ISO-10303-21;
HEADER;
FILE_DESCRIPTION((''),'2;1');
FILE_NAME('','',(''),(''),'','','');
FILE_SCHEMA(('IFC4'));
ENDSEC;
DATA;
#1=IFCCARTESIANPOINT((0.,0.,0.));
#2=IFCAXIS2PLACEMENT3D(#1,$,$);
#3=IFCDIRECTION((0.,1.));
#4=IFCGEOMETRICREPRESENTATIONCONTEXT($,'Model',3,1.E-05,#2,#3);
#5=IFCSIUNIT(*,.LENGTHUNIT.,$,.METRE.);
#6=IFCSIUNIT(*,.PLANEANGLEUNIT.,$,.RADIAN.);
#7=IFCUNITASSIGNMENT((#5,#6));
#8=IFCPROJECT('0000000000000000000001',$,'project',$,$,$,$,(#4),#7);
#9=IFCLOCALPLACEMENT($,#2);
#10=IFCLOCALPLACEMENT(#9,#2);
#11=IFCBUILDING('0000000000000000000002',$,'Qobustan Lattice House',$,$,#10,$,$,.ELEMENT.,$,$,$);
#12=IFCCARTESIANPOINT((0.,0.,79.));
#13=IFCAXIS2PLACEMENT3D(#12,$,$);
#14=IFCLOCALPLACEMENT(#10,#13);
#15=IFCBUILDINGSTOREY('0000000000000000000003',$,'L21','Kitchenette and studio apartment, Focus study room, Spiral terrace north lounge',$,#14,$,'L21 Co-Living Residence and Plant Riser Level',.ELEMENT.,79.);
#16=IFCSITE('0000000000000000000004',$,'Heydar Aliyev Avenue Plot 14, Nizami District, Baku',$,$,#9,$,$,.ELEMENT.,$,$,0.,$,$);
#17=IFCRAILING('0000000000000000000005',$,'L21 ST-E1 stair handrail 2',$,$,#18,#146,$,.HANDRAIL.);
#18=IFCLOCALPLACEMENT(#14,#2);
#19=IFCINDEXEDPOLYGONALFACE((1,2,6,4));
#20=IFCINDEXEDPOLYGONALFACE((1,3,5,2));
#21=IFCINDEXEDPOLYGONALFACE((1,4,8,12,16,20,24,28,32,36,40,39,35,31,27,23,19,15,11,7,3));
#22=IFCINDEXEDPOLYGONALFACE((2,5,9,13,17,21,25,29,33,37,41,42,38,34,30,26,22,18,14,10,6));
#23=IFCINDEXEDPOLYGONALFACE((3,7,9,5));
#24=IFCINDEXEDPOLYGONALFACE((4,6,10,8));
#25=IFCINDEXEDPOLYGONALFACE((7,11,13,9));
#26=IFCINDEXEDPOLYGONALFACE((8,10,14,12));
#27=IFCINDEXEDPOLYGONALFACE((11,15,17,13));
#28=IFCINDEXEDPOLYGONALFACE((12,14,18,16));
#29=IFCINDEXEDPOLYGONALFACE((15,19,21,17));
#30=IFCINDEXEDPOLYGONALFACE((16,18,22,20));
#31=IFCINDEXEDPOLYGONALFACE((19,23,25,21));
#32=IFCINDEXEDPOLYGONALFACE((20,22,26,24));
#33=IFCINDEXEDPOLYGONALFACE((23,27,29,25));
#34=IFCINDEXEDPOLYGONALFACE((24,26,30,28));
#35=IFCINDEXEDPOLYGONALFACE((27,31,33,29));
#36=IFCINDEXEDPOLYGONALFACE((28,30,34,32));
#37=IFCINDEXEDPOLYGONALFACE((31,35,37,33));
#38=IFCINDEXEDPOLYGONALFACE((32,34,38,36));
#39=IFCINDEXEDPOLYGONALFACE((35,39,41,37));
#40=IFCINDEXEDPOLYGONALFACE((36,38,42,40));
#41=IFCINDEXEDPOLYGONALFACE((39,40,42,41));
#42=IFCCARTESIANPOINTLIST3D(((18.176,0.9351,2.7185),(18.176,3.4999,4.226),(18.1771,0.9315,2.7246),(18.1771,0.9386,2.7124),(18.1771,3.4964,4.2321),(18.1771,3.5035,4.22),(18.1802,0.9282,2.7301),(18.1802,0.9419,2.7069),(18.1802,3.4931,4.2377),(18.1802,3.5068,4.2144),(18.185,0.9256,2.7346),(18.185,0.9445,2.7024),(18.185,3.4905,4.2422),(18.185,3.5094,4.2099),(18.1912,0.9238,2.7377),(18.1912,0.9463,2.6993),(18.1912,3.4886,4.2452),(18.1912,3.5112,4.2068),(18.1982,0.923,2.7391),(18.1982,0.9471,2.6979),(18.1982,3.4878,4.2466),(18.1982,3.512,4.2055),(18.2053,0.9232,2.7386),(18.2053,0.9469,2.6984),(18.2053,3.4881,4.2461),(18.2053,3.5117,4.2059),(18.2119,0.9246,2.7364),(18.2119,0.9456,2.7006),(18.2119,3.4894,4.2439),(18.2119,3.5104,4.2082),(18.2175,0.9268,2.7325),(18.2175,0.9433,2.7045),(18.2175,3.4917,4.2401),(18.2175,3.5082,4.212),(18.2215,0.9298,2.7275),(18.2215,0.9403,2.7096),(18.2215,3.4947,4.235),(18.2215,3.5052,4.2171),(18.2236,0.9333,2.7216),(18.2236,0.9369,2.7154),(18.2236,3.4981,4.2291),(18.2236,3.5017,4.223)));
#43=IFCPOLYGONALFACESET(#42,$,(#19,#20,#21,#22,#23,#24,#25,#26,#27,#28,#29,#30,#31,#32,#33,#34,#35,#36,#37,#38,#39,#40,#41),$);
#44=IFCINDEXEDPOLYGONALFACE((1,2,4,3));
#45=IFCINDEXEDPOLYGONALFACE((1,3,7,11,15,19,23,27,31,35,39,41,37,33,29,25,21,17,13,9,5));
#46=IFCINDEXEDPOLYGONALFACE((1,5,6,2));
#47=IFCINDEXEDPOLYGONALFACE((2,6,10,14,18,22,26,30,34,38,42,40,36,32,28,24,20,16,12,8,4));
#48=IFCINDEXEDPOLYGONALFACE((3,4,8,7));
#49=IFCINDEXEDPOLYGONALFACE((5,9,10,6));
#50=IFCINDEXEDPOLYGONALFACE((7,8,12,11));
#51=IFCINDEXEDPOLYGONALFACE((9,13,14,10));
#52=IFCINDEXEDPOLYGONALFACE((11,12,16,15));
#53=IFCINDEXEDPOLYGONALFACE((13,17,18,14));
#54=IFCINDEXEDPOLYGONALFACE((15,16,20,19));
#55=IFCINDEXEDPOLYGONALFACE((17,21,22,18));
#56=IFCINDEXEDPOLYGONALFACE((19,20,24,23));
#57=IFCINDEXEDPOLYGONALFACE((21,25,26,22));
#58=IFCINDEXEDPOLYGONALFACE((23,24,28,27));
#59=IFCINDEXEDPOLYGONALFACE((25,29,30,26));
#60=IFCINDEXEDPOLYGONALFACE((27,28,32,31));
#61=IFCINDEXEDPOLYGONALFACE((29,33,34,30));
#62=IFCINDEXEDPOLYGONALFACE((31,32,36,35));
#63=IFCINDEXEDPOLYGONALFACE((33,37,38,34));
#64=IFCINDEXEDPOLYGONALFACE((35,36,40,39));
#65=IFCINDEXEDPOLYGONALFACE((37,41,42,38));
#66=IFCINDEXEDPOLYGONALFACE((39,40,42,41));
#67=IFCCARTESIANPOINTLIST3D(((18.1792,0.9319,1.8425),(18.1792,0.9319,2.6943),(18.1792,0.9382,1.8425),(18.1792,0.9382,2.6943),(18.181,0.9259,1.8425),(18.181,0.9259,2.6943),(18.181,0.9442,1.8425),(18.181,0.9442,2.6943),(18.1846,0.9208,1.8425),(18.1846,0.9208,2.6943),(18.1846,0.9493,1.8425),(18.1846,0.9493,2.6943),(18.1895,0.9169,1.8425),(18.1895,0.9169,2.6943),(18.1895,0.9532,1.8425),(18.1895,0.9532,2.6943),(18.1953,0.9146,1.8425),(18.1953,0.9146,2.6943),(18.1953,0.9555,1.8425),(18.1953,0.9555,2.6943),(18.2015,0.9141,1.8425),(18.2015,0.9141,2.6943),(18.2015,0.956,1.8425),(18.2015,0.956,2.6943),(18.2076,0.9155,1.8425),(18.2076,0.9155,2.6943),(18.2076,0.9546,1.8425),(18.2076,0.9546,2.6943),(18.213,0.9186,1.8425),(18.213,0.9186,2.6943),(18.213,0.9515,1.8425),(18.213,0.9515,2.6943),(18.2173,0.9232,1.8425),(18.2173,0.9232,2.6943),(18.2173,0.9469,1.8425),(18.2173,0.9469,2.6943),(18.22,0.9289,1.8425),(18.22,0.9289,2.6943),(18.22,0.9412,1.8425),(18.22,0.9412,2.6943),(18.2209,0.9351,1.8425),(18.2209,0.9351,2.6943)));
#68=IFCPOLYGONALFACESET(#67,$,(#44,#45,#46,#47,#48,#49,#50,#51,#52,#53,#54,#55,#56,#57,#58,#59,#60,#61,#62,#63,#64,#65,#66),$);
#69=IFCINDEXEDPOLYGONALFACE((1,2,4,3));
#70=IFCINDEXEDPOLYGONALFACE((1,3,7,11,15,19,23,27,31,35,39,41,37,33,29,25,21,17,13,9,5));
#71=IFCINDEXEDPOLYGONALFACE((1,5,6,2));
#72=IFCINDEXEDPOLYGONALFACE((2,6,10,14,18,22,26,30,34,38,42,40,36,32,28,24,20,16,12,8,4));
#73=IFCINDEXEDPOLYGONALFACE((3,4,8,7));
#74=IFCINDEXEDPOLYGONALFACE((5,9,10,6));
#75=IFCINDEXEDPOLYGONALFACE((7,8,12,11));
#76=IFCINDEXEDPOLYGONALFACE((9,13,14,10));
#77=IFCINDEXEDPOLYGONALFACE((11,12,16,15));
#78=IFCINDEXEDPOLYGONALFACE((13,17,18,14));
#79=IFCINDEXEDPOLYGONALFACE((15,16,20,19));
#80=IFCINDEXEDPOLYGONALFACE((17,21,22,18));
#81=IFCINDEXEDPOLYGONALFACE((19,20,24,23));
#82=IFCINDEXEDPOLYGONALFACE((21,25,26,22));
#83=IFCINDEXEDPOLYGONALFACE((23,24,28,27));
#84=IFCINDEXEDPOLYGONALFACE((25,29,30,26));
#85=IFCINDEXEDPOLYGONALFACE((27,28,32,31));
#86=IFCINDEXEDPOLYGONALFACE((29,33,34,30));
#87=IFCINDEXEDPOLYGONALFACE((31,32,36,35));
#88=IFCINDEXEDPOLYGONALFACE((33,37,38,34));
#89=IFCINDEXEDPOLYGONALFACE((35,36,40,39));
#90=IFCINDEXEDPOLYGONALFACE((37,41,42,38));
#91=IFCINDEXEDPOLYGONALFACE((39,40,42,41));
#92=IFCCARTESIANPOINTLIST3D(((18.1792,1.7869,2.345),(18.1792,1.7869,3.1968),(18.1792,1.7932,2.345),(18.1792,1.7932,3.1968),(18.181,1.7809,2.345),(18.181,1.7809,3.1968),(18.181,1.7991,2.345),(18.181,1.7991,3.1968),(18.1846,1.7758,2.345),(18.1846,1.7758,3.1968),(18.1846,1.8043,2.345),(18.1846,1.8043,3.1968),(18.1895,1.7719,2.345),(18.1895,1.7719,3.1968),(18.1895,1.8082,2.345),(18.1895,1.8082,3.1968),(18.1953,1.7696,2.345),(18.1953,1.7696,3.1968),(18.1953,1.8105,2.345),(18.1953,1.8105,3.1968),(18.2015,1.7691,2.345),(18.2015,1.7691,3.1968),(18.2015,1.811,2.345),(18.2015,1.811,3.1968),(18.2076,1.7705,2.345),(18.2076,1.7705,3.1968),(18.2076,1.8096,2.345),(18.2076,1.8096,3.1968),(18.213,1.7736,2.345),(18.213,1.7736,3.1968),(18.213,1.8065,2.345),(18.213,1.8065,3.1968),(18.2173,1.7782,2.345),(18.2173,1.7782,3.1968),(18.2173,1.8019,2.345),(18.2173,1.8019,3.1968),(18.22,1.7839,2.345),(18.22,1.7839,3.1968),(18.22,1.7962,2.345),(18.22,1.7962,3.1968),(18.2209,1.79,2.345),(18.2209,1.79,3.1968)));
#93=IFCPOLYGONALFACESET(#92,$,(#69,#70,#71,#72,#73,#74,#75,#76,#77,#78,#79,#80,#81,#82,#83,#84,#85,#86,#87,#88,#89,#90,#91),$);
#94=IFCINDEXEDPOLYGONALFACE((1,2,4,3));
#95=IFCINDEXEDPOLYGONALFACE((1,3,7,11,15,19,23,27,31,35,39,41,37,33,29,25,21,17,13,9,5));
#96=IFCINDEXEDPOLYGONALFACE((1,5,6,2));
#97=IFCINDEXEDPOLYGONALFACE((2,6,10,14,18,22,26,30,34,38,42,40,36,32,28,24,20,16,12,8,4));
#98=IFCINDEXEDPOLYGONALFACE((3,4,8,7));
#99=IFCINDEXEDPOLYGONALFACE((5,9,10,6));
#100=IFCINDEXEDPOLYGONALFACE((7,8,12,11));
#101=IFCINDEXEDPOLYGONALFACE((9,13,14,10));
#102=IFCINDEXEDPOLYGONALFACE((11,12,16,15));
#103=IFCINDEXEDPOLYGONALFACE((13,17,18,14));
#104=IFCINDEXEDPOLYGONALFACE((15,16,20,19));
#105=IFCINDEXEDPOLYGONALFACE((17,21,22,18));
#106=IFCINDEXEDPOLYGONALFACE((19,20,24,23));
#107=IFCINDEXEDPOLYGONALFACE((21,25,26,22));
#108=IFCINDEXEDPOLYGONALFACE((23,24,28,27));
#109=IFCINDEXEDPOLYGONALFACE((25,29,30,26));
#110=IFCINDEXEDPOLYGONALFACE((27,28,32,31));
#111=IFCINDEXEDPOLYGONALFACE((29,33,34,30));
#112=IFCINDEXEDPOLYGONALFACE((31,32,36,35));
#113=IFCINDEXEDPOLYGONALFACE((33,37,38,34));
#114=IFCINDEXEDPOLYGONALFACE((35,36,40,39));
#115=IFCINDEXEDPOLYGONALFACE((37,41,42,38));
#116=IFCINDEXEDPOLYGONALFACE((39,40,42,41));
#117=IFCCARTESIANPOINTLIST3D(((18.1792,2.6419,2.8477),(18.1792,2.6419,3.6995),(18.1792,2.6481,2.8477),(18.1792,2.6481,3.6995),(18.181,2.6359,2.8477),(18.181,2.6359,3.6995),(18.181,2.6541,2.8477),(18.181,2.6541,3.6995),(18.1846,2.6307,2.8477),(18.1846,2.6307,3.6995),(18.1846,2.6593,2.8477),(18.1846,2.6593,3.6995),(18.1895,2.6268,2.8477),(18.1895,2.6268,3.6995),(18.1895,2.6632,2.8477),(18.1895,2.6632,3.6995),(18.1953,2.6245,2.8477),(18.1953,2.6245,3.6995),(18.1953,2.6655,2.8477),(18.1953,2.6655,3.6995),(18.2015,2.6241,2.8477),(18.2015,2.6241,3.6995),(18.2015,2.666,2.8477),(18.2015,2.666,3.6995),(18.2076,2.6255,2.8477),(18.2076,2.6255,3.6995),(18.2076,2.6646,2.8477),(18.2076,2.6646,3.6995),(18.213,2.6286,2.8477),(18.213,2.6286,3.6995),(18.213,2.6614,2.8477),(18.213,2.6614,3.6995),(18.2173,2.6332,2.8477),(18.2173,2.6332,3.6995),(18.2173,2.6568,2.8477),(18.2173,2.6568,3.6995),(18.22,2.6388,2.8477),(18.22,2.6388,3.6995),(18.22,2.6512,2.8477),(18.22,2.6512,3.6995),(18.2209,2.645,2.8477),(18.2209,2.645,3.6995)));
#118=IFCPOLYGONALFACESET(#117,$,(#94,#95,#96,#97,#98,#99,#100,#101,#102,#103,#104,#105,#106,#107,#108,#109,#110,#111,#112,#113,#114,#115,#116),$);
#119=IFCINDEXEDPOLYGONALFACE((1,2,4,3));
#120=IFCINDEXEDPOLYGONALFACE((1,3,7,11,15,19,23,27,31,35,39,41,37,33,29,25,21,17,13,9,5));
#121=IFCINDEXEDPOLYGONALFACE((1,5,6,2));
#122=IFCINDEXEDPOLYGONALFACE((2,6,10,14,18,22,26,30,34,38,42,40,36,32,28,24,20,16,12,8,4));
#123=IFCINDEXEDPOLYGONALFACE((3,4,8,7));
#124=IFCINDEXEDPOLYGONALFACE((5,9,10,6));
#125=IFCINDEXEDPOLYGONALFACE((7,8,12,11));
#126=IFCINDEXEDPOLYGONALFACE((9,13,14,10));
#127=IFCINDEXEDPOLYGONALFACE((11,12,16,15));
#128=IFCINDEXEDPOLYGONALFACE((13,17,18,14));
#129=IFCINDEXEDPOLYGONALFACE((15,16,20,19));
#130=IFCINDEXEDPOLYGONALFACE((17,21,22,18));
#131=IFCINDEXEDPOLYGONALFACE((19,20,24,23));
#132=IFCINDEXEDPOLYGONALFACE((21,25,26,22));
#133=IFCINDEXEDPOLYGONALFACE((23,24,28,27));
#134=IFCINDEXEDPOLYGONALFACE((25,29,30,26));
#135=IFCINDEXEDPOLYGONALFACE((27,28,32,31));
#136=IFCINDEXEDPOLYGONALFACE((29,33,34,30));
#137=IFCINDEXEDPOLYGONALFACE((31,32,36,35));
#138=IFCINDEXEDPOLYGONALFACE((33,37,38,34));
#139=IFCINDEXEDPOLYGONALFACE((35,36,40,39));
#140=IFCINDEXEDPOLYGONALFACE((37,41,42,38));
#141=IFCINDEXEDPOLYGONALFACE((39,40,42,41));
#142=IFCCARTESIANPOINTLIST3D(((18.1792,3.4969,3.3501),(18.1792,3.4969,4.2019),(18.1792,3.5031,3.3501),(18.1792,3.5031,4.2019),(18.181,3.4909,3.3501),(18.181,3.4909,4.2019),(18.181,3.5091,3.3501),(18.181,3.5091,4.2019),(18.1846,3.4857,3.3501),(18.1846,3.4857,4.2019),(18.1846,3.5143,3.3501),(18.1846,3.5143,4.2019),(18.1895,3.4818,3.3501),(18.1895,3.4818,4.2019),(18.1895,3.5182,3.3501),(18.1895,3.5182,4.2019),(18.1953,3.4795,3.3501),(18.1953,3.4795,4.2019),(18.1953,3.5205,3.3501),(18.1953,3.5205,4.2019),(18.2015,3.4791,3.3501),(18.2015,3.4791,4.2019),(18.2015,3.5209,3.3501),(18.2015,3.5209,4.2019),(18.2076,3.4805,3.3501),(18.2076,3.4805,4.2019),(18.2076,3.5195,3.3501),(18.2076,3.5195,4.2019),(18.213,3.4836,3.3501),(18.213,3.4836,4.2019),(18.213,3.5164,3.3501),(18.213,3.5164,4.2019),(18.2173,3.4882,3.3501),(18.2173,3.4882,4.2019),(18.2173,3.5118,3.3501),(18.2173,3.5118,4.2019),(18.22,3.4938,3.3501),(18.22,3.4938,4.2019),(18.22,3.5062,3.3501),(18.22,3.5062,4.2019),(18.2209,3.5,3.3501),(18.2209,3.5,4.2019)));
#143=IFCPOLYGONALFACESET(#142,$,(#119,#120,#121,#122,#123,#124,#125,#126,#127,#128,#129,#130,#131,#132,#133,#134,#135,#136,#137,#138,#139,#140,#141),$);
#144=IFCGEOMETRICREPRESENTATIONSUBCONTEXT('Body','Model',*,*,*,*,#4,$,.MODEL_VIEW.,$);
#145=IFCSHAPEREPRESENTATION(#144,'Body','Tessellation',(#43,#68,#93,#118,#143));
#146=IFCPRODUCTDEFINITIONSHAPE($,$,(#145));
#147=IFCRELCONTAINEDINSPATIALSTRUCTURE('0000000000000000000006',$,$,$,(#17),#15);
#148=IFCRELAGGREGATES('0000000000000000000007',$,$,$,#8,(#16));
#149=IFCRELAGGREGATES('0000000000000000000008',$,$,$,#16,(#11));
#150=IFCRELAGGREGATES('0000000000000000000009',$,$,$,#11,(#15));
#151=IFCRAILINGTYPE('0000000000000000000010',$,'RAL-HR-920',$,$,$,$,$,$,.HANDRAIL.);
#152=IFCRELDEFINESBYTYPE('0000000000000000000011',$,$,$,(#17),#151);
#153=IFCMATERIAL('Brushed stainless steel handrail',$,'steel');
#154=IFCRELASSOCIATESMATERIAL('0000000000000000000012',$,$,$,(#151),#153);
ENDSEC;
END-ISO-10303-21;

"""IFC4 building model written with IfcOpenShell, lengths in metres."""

from ifc_helpers import new_model, si_unit, direction, frame, origin, origin_2d, place, context, subcontext, project, spatial, circle, extrude, material, type_object, element, save


model = new_model("IFC4")

# Units and contexts
model_context = context("Model", 3, precision=1e-05, world=origin(), true_north=direction((0.0, 1.0)))
body_context = subcontext(model_context, "Body", "Model", "MODEL_VIEW")
ifc_project = project(units=[si_unit("LENGTHUNIT", "METRE"), si_unit("PLANEANGLEUNIT", "RADIAN")], contexts=[model_context])

# Site, building, storey
site_placement = place(None, origin())
site = spatial("IfcSite", under=ifc_project, at=site_placement, Name="Heydar Aliyev Avenue Plot 14, Nizami District, Baku", CompositionType="ELEMENT", RefElevation=0.0)
building_placement = place(site_placement, origin())
building = spatial("IfcBuilding", under=site, at=building_placement, Name="Qobustan Lattice House", CompositionType="ELEMENT")
storey_placement = place(building_placement, frame((0.0, 0.0, 79.0)))
storey = spatial("IfcBuildingStorey", under=building, at=storey_placement, Name="L21", Description="Kitchenette and studio apartment, Focus study room, Spiral terrace north lounge", LongName="L21 Co-Living Residence and Plant Riser Level", CompositionType="ELEMENT", Elevation=79.0)

# Railing
ifc_material_1 = material(Name="Brushed stainless steel handrail", Category="steel")
railing_type_1 = type_object("IfcRailingType", Name="RAL-HR-920", PredefinedType="HANDRAIL", material=ifc_material_1)
railing_1_placement = place(storey_placement, frame((18.2, 0.9351, 1.8425)))
element("IfcRailing", 1, at=railing_1_placement, inside=storey, type_object=railing_type_1, Name="L21 ST-E1 stair handrail 2", PredefinedType="HANDRAIL", context=body_context, shape_type="SweptSolid", body=[
    extrude(circle(Radius=0.0239, at=origin_2d()), frame((0.0, 0.0, 0.876), z_axis=(0.0, 0.862113, 0.506715), x_axis=(-1.0, 0.0, 0.0)), (0.0, 0.0, 1.0), 2.9751),
    extrude(circle(Radius=0.021, at=origin_2d()), origin(), (0.0, 0.0, 1.0), 0.8518),
    extrude(circle(Radius=0.021, at=origin_2d()), frame((0.0, 0.855, 0.5024)), (0.0, 0.0, 1.0), 0.8518),
    extrude(circle(Radius=0.021, at=origin_2d()), frame((0.0, 1.71, 1.0051)), (0.0, 0.0, 1.0), 0.8518),
    extrude(circle(Radius=0.021, at=origin_2d()), frame((0.0, 2.5649, 1.5076)), (0.0, 0.0, 1.0), 0.8518),
])

save(model, "model.ifc")
